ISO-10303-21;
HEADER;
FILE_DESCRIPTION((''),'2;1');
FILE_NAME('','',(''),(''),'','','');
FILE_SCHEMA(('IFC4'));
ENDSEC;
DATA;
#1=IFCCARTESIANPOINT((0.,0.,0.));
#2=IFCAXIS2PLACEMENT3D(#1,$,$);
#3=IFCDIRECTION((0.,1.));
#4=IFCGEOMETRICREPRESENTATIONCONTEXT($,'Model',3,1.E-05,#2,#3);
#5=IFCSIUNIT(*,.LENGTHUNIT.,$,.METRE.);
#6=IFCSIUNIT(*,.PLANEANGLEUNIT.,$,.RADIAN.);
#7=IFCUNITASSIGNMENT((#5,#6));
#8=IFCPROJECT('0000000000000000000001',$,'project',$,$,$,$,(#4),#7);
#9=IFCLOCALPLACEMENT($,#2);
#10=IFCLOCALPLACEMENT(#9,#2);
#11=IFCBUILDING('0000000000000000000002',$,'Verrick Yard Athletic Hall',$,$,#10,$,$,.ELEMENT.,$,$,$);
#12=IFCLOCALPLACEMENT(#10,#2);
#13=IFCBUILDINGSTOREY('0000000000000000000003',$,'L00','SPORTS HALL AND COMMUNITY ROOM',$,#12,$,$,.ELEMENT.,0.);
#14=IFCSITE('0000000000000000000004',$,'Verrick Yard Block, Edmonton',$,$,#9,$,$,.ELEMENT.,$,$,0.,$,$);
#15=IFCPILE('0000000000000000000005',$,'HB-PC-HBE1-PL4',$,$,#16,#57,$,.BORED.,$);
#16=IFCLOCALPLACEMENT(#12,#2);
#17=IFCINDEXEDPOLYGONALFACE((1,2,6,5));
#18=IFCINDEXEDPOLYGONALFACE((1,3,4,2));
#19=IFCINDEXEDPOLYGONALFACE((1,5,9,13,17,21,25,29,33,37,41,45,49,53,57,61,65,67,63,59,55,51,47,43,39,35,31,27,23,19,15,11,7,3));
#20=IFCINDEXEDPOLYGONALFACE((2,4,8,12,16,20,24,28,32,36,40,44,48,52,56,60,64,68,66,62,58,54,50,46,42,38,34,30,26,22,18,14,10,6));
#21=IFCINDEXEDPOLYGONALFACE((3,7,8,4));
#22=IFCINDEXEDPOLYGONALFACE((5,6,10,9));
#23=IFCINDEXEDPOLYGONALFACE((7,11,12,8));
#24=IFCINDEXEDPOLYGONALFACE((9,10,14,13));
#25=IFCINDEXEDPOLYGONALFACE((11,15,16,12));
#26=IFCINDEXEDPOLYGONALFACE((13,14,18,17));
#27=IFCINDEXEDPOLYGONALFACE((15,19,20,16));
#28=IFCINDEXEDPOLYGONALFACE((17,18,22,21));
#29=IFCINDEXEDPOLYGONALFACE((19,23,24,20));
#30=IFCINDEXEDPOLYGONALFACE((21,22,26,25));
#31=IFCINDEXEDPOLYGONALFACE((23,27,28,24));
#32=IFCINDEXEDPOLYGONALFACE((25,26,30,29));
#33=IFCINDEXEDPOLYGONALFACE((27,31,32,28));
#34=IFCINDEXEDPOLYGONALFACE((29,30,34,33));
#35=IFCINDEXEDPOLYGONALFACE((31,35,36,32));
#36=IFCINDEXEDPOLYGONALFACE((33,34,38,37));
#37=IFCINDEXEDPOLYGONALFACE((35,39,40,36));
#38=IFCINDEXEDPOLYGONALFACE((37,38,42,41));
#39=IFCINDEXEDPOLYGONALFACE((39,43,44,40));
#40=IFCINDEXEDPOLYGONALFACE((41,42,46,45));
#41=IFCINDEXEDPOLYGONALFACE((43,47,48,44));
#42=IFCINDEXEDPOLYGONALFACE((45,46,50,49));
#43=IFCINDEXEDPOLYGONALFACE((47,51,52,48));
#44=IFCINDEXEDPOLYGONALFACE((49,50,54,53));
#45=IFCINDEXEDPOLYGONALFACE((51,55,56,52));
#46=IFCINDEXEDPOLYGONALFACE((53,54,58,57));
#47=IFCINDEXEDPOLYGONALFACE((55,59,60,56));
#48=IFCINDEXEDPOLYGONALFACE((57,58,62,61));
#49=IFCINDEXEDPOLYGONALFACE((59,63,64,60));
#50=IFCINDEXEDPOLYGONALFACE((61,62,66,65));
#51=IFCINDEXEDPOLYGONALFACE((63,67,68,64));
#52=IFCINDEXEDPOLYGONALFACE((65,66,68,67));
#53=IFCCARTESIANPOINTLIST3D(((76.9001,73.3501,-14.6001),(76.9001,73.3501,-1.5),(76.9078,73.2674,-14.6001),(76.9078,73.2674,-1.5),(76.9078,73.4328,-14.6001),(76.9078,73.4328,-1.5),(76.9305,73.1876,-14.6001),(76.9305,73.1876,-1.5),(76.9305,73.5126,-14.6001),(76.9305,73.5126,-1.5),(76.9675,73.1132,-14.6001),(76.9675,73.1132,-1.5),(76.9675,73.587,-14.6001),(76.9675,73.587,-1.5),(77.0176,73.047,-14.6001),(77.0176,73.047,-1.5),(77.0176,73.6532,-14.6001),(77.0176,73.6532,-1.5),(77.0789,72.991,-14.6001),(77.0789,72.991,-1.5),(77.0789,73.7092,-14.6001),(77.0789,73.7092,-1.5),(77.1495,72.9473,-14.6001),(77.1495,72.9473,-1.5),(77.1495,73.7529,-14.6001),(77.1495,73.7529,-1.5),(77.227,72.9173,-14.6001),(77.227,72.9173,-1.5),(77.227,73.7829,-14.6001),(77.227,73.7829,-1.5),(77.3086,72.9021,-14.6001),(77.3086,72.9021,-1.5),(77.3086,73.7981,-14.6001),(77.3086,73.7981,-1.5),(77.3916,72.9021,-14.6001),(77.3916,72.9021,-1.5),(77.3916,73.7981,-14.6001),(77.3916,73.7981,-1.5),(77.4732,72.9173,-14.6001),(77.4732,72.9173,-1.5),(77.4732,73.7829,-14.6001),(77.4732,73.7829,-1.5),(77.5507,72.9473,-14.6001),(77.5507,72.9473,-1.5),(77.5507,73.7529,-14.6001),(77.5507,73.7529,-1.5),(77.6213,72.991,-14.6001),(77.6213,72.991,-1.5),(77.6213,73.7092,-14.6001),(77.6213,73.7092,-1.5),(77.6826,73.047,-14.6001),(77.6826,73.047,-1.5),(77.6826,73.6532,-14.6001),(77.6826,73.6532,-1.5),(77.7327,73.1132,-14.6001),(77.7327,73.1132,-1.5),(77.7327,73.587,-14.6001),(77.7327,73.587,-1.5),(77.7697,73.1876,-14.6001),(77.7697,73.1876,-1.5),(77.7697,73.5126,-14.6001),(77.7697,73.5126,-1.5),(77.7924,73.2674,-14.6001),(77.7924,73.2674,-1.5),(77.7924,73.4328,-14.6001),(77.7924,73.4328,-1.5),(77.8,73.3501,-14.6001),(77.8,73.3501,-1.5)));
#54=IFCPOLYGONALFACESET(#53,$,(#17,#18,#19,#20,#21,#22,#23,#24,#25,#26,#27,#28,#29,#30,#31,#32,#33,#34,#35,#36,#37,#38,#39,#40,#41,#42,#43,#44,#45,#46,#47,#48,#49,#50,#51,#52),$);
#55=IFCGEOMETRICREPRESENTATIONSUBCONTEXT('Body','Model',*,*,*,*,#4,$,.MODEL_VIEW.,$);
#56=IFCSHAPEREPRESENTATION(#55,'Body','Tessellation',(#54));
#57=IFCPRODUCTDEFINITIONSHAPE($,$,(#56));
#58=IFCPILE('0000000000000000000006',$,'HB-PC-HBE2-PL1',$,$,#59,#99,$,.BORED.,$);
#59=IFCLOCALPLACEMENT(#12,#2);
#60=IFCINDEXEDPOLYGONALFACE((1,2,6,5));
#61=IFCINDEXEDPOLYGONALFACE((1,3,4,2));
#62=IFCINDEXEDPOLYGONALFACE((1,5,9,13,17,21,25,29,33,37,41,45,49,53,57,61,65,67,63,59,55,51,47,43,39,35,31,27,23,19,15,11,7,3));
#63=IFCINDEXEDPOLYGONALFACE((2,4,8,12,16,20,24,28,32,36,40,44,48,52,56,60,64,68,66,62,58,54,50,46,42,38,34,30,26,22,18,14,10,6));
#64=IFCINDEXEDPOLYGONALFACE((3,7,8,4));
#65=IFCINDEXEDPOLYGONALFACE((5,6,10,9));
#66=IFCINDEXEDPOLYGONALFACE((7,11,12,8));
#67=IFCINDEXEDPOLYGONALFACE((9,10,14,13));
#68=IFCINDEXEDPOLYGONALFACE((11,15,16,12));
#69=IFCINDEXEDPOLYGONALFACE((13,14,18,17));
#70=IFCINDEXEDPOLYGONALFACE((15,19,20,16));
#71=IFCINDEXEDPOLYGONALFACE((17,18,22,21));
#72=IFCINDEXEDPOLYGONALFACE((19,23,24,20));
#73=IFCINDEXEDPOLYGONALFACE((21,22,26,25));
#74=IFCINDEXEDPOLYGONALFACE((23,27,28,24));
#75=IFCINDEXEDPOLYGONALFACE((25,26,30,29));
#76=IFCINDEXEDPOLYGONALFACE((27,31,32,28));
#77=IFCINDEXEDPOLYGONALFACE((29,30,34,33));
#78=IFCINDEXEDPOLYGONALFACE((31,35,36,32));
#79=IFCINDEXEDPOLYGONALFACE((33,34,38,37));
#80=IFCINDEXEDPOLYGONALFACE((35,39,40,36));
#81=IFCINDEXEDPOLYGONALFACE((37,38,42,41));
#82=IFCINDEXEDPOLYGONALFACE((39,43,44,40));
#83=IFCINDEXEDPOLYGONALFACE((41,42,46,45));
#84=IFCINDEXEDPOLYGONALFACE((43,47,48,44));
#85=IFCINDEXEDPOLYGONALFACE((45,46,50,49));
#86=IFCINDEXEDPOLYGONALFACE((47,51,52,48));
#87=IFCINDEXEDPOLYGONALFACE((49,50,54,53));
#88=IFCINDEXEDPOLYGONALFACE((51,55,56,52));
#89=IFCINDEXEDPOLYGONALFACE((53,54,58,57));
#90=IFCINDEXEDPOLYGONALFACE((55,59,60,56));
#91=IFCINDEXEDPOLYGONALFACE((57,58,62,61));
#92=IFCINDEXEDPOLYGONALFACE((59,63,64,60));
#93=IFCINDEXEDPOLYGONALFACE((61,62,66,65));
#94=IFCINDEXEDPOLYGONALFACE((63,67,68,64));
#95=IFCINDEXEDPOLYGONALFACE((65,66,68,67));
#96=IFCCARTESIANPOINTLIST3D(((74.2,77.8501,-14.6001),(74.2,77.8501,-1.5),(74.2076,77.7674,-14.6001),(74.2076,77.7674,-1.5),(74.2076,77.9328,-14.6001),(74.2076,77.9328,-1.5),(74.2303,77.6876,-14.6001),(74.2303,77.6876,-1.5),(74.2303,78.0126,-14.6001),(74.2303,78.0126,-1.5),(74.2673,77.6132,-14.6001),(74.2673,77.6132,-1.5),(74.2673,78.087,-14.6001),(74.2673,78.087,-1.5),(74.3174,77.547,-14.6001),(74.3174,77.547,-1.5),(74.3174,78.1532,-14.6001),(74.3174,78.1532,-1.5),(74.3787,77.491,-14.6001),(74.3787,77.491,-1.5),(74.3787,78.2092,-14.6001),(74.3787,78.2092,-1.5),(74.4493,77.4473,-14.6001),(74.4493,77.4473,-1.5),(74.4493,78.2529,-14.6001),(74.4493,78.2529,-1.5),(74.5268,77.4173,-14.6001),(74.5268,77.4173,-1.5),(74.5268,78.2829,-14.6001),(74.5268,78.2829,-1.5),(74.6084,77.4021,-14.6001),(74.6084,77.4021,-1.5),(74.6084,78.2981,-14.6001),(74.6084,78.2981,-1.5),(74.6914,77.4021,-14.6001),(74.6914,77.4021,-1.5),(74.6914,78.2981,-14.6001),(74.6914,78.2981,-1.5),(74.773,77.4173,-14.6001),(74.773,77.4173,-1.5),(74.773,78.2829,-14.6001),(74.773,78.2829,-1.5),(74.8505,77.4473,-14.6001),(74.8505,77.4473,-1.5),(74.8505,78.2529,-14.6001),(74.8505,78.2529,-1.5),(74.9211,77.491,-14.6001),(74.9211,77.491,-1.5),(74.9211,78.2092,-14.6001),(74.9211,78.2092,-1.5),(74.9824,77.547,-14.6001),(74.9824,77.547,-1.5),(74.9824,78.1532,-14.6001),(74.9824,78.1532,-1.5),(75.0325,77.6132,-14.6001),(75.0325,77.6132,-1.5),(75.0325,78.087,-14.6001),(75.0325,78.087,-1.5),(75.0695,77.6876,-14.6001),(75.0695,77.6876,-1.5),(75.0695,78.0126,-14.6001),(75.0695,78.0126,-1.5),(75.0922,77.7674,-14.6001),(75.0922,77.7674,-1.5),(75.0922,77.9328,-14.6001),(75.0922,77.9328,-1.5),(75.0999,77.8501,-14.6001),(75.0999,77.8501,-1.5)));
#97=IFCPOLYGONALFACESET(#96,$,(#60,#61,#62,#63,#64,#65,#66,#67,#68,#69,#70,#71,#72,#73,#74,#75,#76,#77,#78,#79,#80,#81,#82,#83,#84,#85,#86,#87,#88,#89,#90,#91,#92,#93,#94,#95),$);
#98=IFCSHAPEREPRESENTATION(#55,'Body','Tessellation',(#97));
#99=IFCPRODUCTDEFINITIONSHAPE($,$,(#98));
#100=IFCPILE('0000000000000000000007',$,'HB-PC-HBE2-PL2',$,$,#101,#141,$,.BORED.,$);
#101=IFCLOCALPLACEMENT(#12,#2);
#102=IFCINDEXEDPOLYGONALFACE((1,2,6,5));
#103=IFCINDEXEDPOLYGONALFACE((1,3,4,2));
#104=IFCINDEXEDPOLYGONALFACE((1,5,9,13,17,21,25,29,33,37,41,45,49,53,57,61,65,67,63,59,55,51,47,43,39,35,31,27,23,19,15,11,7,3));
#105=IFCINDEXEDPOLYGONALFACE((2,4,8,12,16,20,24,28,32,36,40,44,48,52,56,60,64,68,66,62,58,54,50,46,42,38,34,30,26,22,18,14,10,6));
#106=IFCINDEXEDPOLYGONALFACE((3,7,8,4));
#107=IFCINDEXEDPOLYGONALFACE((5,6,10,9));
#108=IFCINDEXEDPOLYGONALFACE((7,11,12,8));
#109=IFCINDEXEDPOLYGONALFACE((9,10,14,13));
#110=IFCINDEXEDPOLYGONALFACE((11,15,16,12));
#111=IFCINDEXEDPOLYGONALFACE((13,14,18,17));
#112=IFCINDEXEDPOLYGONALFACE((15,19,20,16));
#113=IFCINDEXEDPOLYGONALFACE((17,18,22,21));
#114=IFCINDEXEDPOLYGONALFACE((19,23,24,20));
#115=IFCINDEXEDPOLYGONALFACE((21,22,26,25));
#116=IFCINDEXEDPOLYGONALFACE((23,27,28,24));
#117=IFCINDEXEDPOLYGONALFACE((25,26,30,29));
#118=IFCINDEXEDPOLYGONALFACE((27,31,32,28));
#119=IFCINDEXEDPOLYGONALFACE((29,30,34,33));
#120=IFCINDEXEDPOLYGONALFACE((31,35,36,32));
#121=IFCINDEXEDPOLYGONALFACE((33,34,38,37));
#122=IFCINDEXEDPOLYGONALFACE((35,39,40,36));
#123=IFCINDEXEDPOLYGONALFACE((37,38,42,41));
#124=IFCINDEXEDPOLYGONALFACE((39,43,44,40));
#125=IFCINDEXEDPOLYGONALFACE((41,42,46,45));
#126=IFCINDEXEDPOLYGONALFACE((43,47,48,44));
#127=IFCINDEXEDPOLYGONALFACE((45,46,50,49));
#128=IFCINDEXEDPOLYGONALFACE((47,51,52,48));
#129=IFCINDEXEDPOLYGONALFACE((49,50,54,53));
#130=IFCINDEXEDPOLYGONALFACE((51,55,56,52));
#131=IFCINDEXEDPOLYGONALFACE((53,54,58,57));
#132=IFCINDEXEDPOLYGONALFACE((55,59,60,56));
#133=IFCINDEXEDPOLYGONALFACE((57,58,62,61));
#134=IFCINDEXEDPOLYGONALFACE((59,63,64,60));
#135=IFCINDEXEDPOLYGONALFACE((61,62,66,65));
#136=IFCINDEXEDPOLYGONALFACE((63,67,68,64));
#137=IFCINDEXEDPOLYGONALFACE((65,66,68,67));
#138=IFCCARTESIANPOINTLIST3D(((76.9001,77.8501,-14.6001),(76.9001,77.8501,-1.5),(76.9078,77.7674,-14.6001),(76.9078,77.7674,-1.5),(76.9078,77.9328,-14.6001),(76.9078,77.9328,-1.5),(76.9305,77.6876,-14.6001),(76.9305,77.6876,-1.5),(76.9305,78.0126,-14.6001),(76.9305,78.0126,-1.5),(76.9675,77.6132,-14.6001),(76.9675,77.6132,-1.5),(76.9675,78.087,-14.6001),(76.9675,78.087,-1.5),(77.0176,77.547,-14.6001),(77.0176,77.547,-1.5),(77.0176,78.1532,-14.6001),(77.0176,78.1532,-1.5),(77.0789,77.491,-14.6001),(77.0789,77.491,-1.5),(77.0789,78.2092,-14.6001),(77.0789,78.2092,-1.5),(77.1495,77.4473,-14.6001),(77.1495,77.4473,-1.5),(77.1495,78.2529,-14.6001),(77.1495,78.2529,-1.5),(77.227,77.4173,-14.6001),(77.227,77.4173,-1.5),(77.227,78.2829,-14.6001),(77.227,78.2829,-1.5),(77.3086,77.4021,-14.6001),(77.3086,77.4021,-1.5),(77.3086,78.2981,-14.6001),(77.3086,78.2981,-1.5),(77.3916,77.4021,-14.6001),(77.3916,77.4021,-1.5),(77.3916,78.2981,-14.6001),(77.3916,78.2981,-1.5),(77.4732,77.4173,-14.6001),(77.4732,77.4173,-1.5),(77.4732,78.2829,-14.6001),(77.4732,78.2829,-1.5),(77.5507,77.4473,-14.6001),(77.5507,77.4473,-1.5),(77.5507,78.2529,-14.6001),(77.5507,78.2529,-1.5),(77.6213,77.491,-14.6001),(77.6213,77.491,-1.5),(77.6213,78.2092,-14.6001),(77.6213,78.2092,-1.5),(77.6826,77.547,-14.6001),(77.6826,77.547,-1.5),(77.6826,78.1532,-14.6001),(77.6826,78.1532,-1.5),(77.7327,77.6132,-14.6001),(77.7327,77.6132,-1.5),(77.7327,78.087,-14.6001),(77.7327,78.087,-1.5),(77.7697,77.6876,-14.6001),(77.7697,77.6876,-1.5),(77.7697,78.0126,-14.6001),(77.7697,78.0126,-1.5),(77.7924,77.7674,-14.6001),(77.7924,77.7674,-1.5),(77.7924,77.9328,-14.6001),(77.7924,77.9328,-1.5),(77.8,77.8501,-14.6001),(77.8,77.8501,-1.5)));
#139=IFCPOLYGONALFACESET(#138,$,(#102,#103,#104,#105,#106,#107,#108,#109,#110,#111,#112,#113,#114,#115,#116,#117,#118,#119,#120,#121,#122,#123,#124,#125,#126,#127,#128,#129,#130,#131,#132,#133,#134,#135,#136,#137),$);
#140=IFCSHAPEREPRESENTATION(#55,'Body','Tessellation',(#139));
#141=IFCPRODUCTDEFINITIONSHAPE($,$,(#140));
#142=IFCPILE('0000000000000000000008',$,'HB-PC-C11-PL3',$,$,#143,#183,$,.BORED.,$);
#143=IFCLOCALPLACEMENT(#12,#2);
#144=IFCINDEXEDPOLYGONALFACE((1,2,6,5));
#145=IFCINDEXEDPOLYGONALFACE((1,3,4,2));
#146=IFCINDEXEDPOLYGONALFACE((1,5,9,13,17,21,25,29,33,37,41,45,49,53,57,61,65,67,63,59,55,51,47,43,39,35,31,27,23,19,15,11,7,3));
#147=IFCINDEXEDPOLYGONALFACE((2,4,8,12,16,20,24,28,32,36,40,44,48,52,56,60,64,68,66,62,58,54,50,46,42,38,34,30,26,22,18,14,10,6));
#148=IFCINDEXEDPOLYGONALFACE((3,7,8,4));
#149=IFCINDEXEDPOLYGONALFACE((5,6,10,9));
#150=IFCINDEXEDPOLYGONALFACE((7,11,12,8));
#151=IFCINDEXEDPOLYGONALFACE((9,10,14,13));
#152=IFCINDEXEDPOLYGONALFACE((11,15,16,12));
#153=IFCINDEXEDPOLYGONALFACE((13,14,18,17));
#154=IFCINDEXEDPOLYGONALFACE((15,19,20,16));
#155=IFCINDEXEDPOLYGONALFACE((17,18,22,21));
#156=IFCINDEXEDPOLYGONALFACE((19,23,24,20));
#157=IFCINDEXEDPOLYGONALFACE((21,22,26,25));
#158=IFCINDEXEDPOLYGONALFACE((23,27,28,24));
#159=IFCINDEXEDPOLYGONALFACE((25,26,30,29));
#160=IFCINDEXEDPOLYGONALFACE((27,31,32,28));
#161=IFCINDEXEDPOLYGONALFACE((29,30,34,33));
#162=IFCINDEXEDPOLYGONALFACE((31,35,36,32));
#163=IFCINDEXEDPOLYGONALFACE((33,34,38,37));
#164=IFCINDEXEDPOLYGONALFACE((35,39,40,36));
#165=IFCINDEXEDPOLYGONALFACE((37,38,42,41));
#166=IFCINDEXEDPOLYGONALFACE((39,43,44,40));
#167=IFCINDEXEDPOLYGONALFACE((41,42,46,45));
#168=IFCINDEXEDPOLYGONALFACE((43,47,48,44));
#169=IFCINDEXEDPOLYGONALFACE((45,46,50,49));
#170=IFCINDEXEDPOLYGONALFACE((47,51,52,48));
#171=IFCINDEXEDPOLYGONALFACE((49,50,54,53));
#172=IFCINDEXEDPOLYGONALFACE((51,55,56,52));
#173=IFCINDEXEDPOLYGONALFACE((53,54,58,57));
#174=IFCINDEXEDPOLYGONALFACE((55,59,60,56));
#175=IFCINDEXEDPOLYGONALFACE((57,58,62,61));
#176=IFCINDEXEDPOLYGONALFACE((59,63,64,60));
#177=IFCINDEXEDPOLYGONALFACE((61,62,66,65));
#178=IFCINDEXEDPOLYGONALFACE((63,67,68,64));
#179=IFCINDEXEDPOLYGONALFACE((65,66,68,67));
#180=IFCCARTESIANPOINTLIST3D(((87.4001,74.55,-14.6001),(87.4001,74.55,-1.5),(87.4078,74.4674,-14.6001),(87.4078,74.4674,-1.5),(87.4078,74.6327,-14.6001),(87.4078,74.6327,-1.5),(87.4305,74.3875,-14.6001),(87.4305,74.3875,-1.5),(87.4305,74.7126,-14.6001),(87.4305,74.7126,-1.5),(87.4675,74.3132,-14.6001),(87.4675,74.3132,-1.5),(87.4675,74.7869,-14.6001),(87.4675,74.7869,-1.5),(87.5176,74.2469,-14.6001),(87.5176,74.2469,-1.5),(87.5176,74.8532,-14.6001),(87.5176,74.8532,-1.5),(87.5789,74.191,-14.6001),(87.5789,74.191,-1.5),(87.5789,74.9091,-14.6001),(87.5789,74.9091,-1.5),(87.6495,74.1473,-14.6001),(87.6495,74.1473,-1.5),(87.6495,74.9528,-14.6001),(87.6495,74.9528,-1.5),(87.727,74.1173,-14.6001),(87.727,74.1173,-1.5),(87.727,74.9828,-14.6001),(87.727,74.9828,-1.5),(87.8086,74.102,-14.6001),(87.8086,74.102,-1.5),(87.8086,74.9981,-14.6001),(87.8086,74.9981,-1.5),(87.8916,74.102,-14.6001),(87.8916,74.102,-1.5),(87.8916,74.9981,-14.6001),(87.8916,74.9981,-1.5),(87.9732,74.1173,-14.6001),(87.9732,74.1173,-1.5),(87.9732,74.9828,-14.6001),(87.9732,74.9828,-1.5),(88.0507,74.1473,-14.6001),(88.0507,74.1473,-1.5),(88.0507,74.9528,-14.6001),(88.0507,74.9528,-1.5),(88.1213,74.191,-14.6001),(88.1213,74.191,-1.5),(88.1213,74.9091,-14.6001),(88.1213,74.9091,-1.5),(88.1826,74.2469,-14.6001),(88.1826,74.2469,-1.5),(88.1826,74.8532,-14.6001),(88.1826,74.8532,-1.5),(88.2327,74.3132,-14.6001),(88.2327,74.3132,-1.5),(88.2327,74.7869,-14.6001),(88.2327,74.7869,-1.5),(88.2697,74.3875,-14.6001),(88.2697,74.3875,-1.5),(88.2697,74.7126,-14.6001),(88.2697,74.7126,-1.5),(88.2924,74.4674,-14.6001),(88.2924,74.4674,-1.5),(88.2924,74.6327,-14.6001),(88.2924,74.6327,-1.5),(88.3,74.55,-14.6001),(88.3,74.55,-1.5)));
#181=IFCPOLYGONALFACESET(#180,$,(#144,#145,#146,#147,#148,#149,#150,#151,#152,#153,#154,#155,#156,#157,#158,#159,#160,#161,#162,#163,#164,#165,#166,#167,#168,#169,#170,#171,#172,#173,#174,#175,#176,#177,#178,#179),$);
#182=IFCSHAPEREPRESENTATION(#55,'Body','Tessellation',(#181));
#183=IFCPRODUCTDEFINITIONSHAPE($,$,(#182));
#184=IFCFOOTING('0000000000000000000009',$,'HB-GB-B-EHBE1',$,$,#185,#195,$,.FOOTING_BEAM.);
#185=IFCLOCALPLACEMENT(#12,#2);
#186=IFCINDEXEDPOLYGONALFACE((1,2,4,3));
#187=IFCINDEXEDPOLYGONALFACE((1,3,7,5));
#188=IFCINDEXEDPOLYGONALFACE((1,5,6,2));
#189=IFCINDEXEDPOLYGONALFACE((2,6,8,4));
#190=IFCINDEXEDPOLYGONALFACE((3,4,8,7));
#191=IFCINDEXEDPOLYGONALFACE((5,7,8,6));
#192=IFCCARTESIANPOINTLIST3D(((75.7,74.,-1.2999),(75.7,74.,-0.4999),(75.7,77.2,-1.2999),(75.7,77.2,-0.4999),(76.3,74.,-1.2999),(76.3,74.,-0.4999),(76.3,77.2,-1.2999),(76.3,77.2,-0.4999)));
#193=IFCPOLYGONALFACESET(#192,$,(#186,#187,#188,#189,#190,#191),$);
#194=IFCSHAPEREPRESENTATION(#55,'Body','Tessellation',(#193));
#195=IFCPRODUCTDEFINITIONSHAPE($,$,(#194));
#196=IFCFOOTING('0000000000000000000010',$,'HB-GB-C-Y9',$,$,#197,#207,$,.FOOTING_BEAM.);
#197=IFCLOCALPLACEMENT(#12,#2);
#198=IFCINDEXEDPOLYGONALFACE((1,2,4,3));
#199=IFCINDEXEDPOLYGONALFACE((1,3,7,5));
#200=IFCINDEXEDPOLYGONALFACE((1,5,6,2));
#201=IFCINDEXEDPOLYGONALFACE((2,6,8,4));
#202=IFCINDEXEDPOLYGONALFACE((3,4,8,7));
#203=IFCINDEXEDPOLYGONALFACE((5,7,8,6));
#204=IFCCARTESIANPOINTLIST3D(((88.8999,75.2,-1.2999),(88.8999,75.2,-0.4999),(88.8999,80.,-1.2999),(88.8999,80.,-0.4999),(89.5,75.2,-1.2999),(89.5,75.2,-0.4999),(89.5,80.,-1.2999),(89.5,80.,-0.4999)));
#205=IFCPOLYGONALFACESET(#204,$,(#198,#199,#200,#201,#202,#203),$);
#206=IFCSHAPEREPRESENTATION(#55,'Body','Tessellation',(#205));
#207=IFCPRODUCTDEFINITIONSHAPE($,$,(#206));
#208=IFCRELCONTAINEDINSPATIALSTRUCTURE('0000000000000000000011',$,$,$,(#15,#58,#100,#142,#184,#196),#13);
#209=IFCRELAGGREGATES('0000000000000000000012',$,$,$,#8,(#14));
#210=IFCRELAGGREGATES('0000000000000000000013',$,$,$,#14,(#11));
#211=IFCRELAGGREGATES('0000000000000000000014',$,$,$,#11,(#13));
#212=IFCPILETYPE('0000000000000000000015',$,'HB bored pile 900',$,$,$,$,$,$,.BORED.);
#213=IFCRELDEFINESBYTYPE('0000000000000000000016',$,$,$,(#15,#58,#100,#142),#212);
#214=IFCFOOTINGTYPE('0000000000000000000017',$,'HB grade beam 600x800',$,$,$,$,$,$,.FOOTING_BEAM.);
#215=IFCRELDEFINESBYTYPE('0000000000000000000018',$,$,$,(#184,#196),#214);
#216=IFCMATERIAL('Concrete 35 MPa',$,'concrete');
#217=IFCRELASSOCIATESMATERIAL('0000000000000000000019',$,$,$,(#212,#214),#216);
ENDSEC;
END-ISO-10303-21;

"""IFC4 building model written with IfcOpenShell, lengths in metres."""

from ifc_helpers import new_model, si_unit, direction, frame, origin, origin_2d, place, context, subcontext, project, spatial, rectangle, circle, extrude, material, material_profile, profile_set, type_object, element, save


model = new_model("IFC4")

# Units and contexts
model_context = context("Model", 3, precision=1e-05, world=origin(), true_north=direction((0.0, 1.0)))
body_context = subcontext(model_context, "Body", "Model", "MODEL_VIEW")
ifc_project = project(units=[si_unit("LENGTHUNIT", "METRE"), si_unit("PLANEANGLEUNIT", "RADIAN")], contexts=[model_context])

# Site, building, storey
site_placement = place(None, origin())
site = spatial("IfcSite", under=ifc_project, at=site_placement, Name="Verrick Yard Block, Edmonton", CompositionType="ELEMENT", RefElevation=0.0)
building_placement = place(site_placement, origin())
building = spatial("IfcBuilding", under=site, at=building_placement, Name="Verrick Yard Athletic Hall", CompositionType="ELEMENT")
storey_placement = place(building_placement, origin())
storey = spatial("IfcBuildingStorey", under=building, at=storey_placement, Name="L00", Description="SPORTS HALL AND COMMUNITY ROOM", CompositionType="ELEMENT", Elevation=0.0)

# Piles
ifc_material_1 = material(Name="Concrete 35 MPa", Category="concrete")
ifc_material_profile_1 = material_profile(ifc_material_1, circle(Radius=0.45, at=origin_2d()), Name="Bored pile 900")
ifc_profile_set_1 = profile_set([ifc_material_profile_1], Name="Concrete 35 MPa")
pile_type = type_object("IfcPileType", Name="HB bored pile 900", PredefinedType="BORED", material=ifc_profile_set_1)
for number, where, z_axis, x_axis, name in (
    (1, (77.3501, 73.3501, -1.5), (0.0, 0.0, -1.0), (1.0, 0.0, 0.0), "HB-PC-HBE1-PL4"),
    (2, (74.6499, 77.8501, -1.5), (0.0, 0.0, -1.0), (1.0, 0.0, 0.0), "HB-PC-HBE2-PL1"),
    (3, (77.3501, 77.8501, -1.5), (0.0, 0.0, -1.0), (1.0, 0.0, 0.0), "HB-PC-HBE2-PL2"),
    (4, (87.8501, 74.55, -1.5), (0.0, 0.0, -1.0), (1.0, 0.0, 0.0), "HB-PC-C11-PL3"),
):
    element("IfcPile", number, at=place(storey_placement, frame(where, z_axis=z_axis, x_axis=x_axis)), inside=storey, type_object=pile_type, Name=name, PredefinedType="BORED", context=body_context, shape_type="SweptSolid", body=[
        extrude(circle(Radius=0.45, at=origin_2d()), origin(), (0.0, 0.0, 1.0), 13.1001),
    ])

# Footings
ifc_material_profile_2 = material_profile(ifc_material_1, rectangle(XDim=0.6001, YDim=0.8, at=origin_2d()), Name="Grade beam 600x800")
ifc_profile_set_2 = profile_set([ifc_material_profile_2], Name="Concrete 35 MPa")
footing_type = type_object("IfcFootingType", Name="HB grade beam 600x800", PredefinedType="FOOTING_BEAM", material=ifc_profile_set_2)
footing_1_placement = place(storey_placement, frame((76.0, 74.0, -0.8999), z_axis=(0.0, 1.0, 0.0), x_axis=(-1.0, 0.0, 0.0)))
element("IfcFooting", 5, at=footing_1_placement, inside=storey, type_object=footing_type, Name="HB-GB-B-EHBE1", PredefinedType="FOOTING_BEAM", context=body_context, shape_type="SweptSolid", body=[
    extrude(rectangle(XDim=0.6001, YDim=0.8, at=origin_2d()), origin(), (0.0, 0.0, 1.0), 3.2),
])
footing_2_placement = place(storey_placement, frame((89.2, 75.2, -0.8999), z_axis=(0.0, 1.0, 0.0), x_axis=(-1.0, 0.0, 0.0)))
element("IfcFooting", 6, at=footing_2_placement, inside=storey, type_object=footing_type, Name="HB-GB-C-Y9", PredefinedType="FOOTING_BEAM", context=body_context, shape_type="SweptSolid", body=[
    extrude(rectangle(XDim=0.6001, YDim=0.8, at=origin_2d()), origin(), (0.0, 0.0, 1.0), 4.8),
])

save(model, "model.ifc")
